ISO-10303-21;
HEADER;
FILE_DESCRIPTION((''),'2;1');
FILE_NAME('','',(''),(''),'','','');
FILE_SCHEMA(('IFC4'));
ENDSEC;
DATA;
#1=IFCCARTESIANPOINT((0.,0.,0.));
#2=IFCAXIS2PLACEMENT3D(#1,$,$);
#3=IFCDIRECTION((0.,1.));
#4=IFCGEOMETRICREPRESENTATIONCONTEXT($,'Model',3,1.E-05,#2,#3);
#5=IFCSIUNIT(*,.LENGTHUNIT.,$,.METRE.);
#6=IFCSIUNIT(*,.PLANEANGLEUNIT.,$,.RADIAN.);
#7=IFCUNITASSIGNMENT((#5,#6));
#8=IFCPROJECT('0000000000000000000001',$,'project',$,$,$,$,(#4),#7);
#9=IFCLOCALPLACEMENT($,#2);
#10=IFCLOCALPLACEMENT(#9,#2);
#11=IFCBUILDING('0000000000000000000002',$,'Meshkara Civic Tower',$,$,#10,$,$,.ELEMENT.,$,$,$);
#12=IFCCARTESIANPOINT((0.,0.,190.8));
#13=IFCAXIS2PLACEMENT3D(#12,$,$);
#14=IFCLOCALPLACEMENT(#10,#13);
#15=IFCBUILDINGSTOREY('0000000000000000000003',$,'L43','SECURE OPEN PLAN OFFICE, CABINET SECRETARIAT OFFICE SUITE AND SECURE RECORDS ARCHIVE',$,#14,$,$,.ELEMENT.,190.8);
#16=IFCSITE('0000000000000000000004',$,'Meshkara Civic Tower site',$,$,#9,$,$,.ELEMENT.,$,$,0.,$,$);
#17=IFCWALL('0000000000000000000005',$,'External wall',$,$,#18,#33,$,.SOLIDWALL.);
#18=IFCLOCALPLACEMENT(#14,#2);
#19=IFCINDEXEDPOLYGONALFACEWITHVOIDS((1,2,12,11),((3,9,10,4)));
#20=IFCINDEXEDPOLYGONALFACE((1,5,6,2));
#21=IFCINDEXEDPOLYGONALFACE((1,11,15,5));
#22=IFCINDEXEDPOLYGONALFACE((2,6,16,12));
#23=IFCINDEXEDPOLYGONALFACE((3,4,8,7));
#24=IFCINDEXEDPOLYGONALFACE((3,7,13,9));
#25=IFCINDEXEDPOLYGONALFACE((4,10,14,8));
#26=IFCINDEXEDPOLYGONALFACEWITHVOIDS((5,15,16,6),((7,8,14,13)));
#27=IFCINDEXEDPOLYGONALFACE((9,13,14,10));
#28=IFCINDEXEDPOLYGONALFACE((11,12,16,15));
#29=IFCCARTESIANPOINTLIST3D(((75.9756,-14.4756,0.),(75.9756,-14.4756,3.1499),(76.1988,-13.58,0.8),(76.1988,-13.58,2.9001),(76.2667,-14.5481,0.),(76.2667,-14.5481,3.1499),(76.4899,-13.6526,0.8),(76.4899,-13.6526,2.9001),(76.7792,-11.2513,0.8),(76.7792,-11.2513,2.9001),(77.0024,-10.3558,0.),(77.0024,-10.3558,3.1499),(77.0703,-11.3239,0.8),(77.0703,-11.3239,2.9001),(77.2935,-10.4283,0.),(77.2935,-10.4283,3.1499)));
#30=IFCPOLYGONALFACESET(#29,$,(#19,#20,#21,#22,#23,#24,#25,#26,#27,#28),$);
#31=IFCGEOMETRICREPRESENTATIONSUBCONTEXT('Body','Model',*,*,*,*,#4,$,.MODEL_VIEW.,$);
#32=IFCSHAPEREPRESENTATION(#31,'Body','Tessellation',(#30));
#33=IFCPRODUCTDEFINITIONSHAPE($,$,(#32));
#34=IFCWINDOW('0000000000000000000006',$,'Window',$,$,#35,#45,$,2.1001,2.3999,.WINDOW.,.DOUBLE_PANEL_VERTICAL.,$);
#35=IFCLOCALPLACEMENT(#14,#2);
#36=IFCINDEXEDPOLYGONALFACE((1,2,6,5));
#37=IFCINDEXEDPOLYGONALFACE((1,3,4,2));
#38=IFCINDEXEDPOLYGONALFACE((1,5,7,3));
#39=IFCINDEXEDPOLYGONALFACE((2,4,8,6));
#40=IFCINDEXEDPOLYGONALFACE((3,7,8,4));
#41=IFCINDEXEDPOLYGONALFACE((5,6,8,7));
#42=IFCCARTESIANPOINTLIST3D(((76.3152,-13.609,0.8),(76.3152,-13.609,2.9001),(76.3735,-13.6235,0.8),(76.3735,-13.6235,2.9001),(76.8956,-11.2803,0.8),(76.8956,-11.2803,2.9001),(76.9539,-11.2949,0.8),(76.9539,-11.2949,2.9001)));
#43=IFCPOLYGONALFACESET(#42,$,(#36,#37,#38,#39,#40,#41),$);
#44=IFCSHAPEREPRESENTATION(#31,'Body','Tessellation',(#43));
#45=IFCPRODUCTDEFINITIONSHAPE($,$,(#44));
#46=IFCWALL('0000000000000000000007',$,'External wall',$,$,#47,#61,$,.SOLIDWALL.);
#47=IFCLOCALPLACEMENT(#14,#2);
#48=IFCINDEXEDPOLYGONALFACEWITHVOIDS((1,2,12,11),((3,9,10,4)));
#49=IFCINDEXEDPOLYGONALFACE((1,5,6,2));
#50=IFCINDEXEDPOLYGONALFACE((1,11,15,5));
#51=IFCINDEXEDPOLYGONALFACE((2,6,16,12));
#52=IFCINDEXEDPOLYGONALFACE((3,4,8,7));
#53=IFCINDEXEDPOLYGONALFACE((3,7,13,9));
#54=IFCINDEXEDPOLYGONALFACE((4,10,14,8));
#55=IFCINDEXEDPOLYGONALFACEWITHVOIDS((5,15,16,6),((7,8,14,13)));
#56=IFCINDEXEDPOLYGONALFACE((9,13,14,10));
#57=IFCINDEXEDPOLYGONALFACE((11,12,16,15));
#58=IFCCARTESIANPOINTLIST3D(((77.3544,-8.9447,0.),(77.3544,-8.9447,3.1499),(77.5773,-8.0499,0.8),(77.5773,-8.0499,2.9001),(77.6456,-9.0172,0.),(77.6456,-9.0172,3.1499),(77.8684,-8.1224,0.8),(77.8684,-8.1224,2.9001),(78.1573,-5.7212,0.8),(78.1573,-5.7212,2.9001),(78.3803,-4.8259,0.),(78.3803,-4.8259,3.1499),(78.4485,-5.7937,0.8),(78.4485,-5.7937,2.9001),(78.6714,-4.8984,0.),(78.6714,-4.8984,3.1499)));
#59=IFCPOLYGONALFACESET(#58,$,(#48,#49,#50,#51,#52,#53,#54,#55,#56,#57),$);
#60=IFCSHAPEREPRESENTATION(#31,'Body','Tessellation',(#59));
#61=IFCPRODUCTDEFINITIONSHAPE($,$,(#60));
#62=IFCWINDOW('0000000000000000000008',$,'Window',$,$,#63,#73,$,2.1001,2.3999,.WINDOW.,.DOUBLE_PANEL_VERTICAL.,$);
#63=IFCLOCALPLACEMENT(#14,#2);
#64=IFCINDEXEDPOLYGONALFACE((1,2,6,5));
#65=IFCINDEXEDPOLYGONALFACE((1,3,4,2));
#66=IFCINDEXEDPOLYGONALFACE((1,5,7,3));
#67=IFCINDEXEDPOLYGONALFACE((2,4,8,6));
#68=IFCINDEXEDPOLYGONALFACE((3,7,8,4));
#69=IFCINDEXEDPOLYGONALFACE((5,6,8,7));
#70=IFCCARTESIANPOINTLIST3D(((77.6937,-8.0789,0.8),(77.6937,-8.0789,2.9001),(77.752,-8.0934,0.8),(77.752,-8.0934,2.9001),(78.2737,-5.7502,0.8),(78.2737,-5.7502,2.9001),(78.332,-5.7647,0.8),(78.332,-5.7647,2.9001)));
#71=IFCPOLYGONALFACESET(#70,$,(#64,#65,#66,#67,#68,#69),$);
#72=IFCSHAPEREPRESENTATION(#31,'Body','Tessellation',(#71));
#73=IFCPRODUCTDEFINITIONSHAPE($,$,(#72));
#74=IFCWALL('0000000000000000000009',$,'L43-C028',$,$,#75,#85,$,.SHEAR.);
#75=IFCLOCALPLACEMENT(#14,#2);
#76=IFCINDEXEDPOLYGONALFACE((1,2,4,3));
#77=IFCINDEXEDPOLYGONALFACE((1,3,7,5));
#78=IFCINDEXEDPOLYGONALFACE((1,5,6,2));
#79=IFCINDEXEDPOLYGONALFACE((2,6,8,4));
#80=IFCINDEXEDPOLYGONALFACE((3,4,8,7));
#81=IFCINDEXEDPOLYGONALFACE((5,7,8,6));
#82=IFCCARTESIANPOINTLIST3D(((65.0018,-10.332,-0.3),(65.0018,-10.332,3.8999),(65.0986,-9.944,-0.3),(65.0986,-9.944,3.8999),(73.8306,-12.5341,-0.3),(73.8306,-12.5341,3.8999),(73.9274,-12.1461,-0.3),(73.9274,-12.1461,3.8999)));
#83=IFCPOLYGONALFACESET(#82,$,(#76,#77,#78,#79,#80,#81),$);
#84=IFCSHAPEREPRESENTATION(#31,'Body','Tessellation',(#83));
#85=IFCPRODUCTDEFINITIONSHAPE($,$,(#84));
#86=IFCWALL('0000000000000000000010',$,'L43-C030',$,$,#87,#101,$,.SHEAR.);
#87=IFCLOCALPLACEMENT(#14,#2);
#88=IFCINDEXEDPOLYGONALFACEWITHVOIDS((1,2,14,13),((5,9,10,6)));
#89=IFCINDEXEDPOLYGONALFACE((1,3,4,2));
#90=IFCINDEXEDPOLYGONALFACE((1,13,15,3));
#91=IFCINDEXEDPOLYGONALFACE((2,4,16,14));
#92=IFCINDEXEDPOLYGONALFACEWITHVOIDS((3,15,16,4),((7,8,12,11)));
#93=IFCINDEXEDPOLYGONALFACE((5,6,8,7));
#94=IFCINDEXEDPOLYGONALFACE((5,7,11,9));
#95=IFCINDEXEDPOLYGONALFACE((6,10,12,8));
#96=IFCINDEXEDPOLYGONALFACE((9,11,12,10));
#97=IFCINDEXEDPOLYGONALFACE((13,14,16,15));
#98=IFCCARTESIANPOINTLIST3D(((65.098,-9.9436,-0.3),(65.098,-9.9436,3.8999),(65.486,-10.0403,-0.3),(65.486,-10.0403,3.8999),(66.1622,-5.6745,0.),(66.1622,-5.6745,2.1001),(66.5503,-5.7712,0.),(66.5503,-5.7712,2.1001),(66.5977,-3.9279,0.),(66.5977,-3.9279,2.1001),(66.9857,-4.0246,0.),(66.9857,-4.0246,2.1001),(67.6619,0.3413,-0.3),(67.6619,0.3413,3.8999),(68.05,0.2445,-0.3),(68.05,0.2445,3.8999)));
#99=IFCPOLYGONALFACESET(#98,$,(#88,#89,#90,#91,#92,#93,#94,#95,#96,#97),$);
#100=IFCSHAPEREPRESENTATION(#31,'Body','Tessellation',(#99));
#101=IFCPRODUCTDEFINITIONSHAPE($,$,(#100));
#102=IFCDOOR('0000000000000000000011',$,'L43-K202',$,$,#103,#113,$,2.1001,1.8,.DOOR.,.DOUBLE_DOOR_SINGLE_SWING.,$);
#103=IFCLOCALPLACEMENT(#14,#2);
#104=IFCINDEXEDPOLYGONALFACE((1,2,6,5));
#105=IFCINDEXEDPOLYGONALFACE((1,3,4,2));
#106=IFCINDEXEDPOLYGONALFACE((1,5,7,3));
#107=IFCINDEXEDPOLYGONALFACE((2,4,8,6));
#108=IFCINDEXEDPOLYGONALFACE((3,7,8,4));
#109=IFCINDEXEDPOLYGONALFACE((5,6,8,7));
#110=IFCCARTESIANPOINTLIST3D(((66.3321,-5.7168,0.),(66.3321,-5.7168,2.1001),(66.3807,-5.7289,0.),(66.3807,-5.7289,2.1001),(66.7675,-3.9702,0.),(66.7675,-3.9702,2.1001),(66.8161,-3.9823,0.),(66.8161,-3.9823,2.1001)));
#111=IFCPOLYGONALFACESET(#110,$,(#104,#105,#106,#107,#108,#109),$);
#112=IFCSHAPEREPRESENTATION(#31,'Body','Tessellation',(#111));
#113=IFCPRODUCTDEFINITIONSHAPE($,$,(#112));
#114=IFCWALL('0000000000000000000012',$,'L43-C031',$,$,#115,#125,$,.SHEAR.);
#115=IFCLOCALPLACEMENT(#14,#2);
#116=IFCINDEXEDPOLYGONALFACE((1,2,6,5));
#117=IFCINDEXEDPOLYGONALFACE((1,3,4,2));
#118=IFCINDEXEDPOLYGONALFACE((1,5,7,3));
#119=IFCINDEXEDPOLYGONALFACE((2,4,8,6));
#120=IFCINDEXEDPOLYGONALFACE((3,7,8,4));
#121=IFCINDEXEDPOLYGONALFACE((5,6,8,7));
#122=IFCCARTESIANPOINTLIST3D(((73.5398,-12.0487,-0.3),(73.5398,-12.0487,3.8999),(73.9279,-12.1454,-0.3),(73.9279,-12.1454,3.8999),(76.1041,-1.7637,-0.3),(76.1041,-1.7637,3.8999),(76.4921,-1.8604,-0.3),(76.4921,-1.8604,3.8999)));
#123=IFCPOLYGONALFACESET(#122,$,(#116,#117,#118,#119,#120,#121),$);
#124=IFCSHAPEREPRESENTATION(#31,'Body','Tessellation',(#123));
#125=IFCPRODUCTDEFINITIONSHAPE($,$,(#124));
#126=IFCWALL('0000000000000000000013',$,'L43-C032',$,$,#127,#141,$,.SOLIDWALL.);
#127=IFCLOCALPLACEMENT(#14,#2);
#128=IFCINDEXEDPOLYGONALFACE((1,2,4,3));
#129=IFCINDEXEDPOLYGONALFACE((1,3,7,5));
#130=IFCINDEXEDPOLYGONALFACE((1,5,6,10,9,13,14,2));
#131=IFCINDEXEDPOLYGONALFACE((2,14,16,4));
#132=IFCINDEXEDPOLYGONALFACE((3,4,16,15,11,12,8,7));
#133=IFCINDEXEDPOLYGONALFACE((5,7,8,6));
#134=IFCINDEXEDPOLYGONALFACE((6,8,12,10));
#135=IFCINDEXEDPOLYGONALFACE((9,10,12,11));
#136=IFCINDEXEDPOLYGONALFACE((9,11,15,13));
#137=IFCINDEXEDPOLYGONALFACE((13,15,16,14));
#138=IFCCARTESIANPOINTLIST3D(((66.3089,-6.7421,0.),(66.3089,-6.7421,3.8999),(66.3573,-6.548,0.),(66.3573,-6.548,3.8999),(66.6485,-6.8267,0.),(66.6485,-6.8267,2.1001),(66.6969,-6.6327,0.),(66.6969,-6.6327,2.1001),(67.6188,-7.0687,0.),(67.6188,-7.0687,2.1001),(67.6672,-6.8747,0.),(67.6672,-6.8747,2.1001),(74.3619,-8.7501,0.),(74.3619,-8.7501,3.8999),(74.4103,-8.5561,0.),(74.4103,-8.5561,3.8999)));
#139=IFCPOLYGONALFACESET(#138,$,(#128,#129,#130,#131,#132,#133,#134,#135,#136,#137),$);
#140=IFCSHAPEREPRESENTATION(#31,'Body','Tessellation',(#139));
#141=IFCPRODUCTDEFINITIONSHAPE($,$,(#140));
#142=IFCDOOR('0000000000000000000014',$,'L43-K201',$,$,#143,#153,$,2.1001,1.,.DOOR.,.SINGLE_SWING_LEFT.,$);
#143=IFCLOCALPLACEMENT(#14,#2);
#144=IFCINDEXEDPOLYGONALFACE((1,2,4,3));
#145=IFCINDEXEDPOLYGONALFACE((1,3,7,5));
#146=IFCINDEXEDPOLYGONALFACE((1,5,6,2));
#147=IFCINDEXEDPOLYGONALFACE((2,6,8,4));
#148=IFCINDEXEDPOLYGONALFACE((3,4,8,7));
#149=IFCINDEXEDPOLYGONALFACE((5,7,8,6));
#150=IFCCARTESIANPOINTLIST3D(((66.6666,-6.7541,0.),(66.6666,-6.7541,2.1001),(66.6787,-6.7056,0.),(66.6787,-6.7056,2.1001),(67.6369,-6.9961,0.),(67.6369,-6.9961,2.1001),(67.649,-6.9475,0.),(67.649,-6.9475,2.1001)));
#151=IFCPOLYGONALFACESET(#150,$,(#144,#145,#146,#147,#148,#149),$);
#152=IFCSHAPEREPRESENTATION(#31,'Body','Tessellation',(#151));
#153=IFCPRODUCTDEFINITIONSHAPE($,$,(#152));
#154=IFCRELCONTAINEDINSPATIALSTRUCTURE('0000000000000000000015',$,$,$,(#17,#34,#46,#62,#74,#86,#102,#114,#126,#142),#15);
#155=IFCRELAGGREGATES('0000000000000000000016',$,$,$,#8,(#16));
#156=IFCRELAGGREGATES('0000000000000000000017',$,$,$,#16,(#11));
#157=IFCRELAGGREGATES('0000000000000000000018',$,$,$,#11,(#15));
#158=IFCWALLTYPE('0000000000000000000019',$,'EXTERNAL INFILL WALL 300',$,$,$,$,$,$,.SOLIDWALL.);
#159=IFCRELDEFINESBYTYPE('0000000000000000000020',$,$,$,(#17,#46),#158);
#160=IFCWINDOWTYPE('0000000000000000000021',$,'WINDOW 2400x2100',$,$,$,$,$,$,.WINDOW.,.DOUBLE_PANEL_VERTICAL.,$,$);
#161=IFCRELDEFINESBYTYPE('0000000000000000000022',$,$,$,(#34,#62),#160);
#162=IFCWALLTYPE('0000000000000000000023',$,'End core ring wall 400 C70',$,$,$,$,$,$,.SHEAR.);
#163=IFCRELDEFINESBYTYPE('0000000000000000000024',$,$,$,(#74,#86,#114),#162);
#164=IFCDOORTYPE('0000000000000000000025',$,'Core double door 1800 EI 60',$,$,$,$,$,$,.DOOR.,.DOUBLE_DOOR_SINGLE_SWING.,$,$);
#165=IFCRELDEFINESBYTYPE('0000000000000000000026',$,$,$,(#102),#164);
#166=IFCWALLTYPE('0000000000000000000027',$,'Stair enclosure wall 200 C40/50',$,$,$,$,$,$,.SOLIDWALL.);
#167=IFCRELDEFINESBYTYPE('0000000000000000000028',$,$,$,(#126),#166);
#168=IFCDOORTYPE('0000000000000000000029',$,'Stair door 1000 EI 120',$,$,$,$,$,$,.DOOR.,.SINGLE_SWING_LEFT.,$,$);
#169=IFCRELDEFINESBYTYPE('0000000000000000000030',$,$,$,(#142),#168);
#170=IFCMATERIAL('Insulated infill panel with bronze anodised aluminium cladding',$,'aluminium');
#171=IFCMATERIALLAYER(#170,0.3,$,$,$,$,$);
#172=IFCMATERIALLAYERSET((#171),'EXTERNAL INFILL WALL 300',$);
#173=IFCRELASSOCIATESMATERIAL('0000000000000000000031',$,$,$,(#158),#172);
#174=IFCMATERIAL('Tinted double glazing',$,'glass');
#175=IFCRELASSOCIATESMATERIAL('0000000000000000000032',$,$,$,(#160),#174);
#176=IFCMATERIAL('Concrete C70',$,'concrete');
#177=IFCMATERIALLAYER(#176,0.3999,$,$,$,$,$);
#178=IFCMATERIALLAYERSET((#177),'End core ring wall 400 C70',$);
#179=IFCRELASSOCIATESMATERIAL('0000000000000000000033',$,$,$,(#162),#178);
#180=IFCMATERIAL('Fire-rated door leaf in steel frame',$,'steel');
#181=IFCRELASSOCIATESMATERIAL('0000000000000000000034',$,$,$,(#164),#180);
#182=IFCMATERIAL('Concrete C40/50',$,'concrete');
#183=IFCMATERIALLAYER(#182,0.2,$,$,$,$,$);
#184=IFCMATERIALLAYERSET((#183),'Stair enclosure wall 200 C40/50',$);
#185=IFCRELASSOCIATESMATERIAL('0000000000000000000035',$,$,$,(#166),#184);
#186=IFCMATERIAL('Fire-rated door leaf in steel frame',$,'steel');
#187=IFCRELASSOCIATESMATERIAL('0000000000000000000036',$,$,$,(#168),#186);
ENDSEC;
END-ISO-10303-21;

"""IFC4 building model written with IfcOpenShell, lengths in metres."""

from ifc_helpers import new_model, si_unit, direction, frame, frame_2d, origin, place, context, subcontext, project, spatial, rectangle, extrude, material, layer, layer_set, type_object, element, fill, save


model = new_model("IFC4")

# Units and contexts
model_context = context("Model", 3, precision=1e-05, world=origin(), true_north=direction((0.0, 1.0)))
body_context = subcontext(model_context, "Body", "Model", "MODEL_VIEW")
ifc_project = project(units=[si_unit("LENGTHUNIT", "METRE"), si_unit("PLANEANGLEUNIT", "RADIAN")], contexts=[model_context])

# Site, building, storey
site_placement = place(None, origin())
site = spatial("IfcSite", under=ifc_project, at=site_placement, Name="Meshkara Civic Tower site", CompositionType="ELEMENT", RefElevation=0.0)
building_placement = place(site_placement, origin())
building = spatial("IfcBuilding", under=site, at=building_placement, Name="Meshkara Civic Tower", CompositionType="ELEMENT")
storey_placement = place(building_placement, frame((0.0, 0.0, 190.8)))
storey = spatial("IfcBuildingStorey", under=building, at=storey_placement, Name="L43", Description="SECURE OPEN PLAN OFFICE, CABINET SECRETARIAT OFFICE SUITE AND SECURE RECORDS ARCHIVE", CompositionType="ELEMENT", Elevation=190.8)

# Walls, openings, windows
ifc_material_1 = material(Name="Insulated infill panel with bronze anodised aluminium cladding", Category="aluminium")
ifc_layer_1 = layer(ifc_material_1, 0.3)
ifc_layer_set_1 = layer_set([ifc_layer_1], Name="EXTERNAL INFILL WALL 300")
wall_type_1 = type_object("IfcWallType", Name="EXTERNAL INFILL WALL 300", PredefinedType="SOLIDWALL", material=ifc_layer_set_1)
ifc_material_2 = material(Name="Tinted double glazing", Category="glass")
window_type_1 = type_object("IfcWindowType", Name="WINDOW 2400x2100", PartitioningType="DOUBLE_PANEL_VERTICAL", PredefinedType="WINDOW", material=ifc_material_2)
wall_1_placement = place(storey_placement, frame((76.1211, -14.512, 0.0), z_axis=(0.0, 0.0, 1.0), x_axis=(0.241846, 0.970315, 0.0)))
wall_1 = element("IfcWall", 1, at=wall_1_placement, inside=storey, type_object=wall_type_1, Name="External wall", PredefinedType="SOLIDWALL", context=body_context, shape_type="SweptSolid", body=[
    extrude(rectangle(XDim=4.2458, YDim=0.3, at=frame_2d((2.123, 0.0))), origin(), (0.0, 0.0, 1.0), 3.1499),
])
opening_1_placement = place(wall_1_placement, frame((0.9231, 0.0, 0.8)))
opening_1 = element("IfcOpeningElement", 2, at=opening_1_placement, cuts=wall_1, PredefinedType="OPENING", context=body_context, shape_type="SweptSolid", body=[
    extrude(rectangle(XDim=2.3999, YDim=2.1001, at=frame_2d((1.2, 1.05))), frame((0.0, 0.1599, 0.0), z_axis=(0.0, -1.0, 0.0), x_axis=(1.0, 0.0, 0.0)), (0.0, 0.0, 1.0), 0.3201),
])
window_1_placement = place(opening_1_placement, origin())
window_1 = element("IfcWindow", 3, at=window_1_placement, inside=storey, type_object=window_type_1, Name="Window", OverallHeight=2.1001, OverallWidth=2.3999, PartitioningType="DOUBLE_PANEL_VERTICAL", PredefinedType="WINDOW", context=body_context, shape_type="SweptSolid", body=[
    extrude(rectangle(XDim=2.3999, YDim=2.1001, at=frame_2d((1.2, 1.05))), frame((0.0, 0.03, 0.0), z_axis=(0.0, -1.0, 0.0), x_axis=(1.0, 0.0, 0.0)), (0.0, 0.0, 1.0), 0.0601),
])
fill(opening_1, window_1)
wall_2_placement = place(storey_placement, frame((77.5, -8.981, 0.0), z_axis=(0.0, 0.0, 1.0), x_axis=(0.241683, 0.970355, 0.0)))
wall_2 = element("IfcWall", 4, at=wall_2_placement, inside=storey, type_object=wall_type_1, Name="External wall", PredefinedType="SOLIDWALL", context=body_context, shape_type="SweptSolid", body=[
    extrude(rectangle(XDim=4.2446, YDim=0.3, at=frame_2d((2.1223, 0.0))), origin(), (0.0, 0.0, 1.0), 3.1499),
])
opening_2_placement = place(wall_2_placement, frame((0.9221, 0.0, 0.8)))
opening_2 = element("IfcOpeningElement", 5, at=opening_2_placement, cuts=wall_2, PredefinedType="OPENING", context=body_context, shape_type="SweptSolid", body=[
    extrude(rectangle(XDim=2.3999, YDim=2.1001, at=frame_2d((1.2, 1.05))), frame((0.0, 0.1599, 0.0), z_axis=(0.0, -1.0, 0.0), x_axis=(1.0, 0.0, 0.0)), (0.0, 0.0, 1.0), 0.3201),
])
window_2_placement = place(opening_2_placement, origin())
window_2 = element("IfcWindow", 6, at=window_2_placement, inside=storey, type_object=window_type_1, Name="Window", OverallHeight=2.1001, OverallWidth=2.3999, PartitioningType="DOUBLE_PANEL_VERTICAL", PredefinedType="WINDOW", context=body_context, shape_type="SweptSolid", body=[
    extrude(rectangle(XDim=2.3999, YDim=2.1001, at=frame_2d((1.2, 1.05))), frame((0.0, 0.03, 0.0), z_axis=(0.0, -1.0, 0.0), x_axis=(1.0, 0.0, 0.0)), (0.0, 0.0, 1.0), 0.0601),
])
fill(opening_2, window_2)

# Wall
ifc_material_3 = material(Name="Concrete C70", Category="concrete")
ifc_layer_2 = layer(ifc_material_3, 0.3999)
ifc_layer_set_2 = layer_set([ifc_layer_2], Name="End core ring wall 400 C70")
wall_type_2 = type_object("IfcWallType", Name="End core ring wall 400 C70", PredefinedType="SHEAR", material=ifc_layer_set_2)
wall_3_placement = place(storey_placement, frame((65.05, -10.1379, -0.3), z_axis=(0.0, 0.0, 1.0), x_axis=(0.970273, -0.242012, 0.0)))
element("IfcWall", 7, at=wall_3_placement, inside=storey, type_object=wall_type_2, Name="L43-C028", PredefinedType="SHEAR", context=body_context, shape_type="SweptSolid", body=[
    extrude(rectangle(XDim=9.0994, YDim=0.3999, at=frame_2d((4.5498, 0.0))), origin(), (0.0, 0.0, 1.0), 4.2),
])

# Wall, opening, door
wall_4_placement = place(storey_placement, frame((65.292, -9.9919, -0.3), z_axis=(0.0, 0.0, 1.0), x_axis=(0.241891, 0.970304, 0.0)))
wall_4 = element("IfcWall", 8, at=wall_4_placement, inside=storey, type_object=wall_type_2, Name="L43-C030", PredefinedType="SHEAR", context=body_context, shape_type="SweptSolid", body=[
    extrude(rectangle(XDim=10.5996, YDim=0.3999, at=frame_2d((5.2998, 0.0))), origin(), (0.0, 0.0, 1.0), 4.2),
])
opening_3_placement = place(wall_4_placement, frame((4.3999, 0.0, 0.3)))
opening_3 = element("IfcOpeningElement", 9, at=opening_3_placement, cuts=wall_4, PredefinedType="OPENING", context=body_context, shape_type="SweptSolid", body=[
    extrude(rectangle(XDim=1.8, YDim=2.1001, at=frame_2d((0.8999, 1.05))), frame((0.0, 0.21, 0.0), z_axis=(0.0, -1.0, 0.0), x_axis=(1.0, 0.0, 0.0)), (0.0, 0.0, 1.0), 0.4199),
])
ifc_material_4 = material(Name="Fire-rated door leaf in steel frame", Category="steel")
door_type_1 = type_object("IfcDoorType", Name="Core double door 1800 EI 60", OperationType="DOUBLE_DOOR_SINGLE_SWING", PredefinedType="DOOR", material=ifc_material_4)
door_1_placement = place(opening_3_placement, origin())
door_1 = element("IfcDoor", 10, at=door_1_placement, inside=storey, type_object=door_type_1, Name="L43-K202", OperationType="DOUBLE_DOOR_SINGLE_SWING", OverallHeight=2.1001, OverallWidth=1.8, PredefinedType="DOOR", context=body_context, shape_type="SweptSolid", body=[
    extrude(rectangle(XDim=1.8, YDim=2.1001, at=frame_2d((0.8999, 1.05))), frame((0.0, 0.0249, 0.0), z_axis=(0.0, -1.0, 0.0), x_axis=(1.0, 0.0, 0.0)), (0.0, 0.0, 1.0), 0.05),
])
fill(opening_3, door_1)

# Wall
wall_5_placement = place(storey_placement, frame((73.7339, -12.0969, -0.3), z_axis=(0.0, 0.0, 1.0), x_axis=(0.241912, 0.970298, 0.0)))
element("IfcWall", 11, at=wall_5_placement, inside=storey, type_object=wall_type_2, Name="L43-C031", PredefinedType="SHEAR", context=body_context, shape_type="SweptSolid", body=[
    extrude(rectangle(XDim=10.5999, YDim=0.3999, at=frame_2d((5.2998, 0.0))), origin(), (0.0, 0.0, 1.0), 4.2),
])

# Wall, opening, door
ifc_material_5 = material(Name="Concrete C40/50", Category="concrete")
ifc_layer_3 = layer(ifc_material_5, 0.2)
ifc_layer_set_3 = layer_set([ifc_layer_3], Name="Stair enclosure wall 200 C40/50")
wall_type_3 = type_object("IfcWallType", Name="Stair enclosure wall 200 C40/50", PredefinedType="SOLIDWALL", material=ifc_layer_set_3)
wall_6_placement = place(storey_placement, frame((66.333, -6.645, 0.0), z_axis=(0.0, 0.0, 1.0), x_axis=(0.970289, -0.241947, 0.0)))
wall_6 = element("IfcWall", 12, at=wall_6_placement, inside=storey, type_object=wall_type_3, Name="L43-C032", PredefinedType="SOLIDWALL", context=body_context, shape_type="SweptSolid", body=[
    extrude(rectangle(XDim=8.2996, YDim=0.2, at=frame_2d((4.1499, 0.0))), origin(), (0.0, 0.0, 1.0), 3.8999),
])
opening_4_placement = place(wall_6_placement, frame((0.3501, 0.0, 0.0)))
opening_4 = element("IfcOpeningElement", 13, at=opening_4_placement, cuts=wall_6, PredefinedType="OPENING", context=body_context, shape_type="SweptSolid", body=[
    extrude(rectangle(XDim=1.0, YDim=2.1001, at=frame_2d((0.5, 1.05))), frame((0.0, 0.1099, 0.0), z_axis=(0.0, -1.0, 0.0), x_axis=(1.0, 0.0, 0.0)), (0.0, 0.0, 1.0), 0.22),
])
ifc_material_6 = material(Name="Fire-rated door leaf in steel frame", Category="steel")
door_type_2 = type_object("IfcDoorType", Name="Stair door 1000 EI 120", OperationType="SINGLE_SWING_LEFT", PredefinedType="DOOR", material=ifc_material_6)
door_2_placement = place(opening_4_placement, origin())
door_2 = element("IfcDoor", 14, at=door_2_placement, inside=storey, type_object=door_type_2, Name="L43-K201", OperationType="SINGLE_SWING_LEFT", OverallHeight=2.1001, OverallWidth=1.0, PredefinedType="DOOR", context=body_context, shape_type="SweptSolid", body=[
    extrude(rectangle(XDim=1.0, YDim=2.1001, at=frame_2d((0.5, 1.05))), frame((0.0, 0.0249, 0.0), z_axis=(0.0, -1.0, 0.0), x_axis=(1.0, 0.0, 0.0)), (0.0, 0.0, 1.0), 0.05),
])
fill(opening_4, door_2)

save(model, "model.ifc")
